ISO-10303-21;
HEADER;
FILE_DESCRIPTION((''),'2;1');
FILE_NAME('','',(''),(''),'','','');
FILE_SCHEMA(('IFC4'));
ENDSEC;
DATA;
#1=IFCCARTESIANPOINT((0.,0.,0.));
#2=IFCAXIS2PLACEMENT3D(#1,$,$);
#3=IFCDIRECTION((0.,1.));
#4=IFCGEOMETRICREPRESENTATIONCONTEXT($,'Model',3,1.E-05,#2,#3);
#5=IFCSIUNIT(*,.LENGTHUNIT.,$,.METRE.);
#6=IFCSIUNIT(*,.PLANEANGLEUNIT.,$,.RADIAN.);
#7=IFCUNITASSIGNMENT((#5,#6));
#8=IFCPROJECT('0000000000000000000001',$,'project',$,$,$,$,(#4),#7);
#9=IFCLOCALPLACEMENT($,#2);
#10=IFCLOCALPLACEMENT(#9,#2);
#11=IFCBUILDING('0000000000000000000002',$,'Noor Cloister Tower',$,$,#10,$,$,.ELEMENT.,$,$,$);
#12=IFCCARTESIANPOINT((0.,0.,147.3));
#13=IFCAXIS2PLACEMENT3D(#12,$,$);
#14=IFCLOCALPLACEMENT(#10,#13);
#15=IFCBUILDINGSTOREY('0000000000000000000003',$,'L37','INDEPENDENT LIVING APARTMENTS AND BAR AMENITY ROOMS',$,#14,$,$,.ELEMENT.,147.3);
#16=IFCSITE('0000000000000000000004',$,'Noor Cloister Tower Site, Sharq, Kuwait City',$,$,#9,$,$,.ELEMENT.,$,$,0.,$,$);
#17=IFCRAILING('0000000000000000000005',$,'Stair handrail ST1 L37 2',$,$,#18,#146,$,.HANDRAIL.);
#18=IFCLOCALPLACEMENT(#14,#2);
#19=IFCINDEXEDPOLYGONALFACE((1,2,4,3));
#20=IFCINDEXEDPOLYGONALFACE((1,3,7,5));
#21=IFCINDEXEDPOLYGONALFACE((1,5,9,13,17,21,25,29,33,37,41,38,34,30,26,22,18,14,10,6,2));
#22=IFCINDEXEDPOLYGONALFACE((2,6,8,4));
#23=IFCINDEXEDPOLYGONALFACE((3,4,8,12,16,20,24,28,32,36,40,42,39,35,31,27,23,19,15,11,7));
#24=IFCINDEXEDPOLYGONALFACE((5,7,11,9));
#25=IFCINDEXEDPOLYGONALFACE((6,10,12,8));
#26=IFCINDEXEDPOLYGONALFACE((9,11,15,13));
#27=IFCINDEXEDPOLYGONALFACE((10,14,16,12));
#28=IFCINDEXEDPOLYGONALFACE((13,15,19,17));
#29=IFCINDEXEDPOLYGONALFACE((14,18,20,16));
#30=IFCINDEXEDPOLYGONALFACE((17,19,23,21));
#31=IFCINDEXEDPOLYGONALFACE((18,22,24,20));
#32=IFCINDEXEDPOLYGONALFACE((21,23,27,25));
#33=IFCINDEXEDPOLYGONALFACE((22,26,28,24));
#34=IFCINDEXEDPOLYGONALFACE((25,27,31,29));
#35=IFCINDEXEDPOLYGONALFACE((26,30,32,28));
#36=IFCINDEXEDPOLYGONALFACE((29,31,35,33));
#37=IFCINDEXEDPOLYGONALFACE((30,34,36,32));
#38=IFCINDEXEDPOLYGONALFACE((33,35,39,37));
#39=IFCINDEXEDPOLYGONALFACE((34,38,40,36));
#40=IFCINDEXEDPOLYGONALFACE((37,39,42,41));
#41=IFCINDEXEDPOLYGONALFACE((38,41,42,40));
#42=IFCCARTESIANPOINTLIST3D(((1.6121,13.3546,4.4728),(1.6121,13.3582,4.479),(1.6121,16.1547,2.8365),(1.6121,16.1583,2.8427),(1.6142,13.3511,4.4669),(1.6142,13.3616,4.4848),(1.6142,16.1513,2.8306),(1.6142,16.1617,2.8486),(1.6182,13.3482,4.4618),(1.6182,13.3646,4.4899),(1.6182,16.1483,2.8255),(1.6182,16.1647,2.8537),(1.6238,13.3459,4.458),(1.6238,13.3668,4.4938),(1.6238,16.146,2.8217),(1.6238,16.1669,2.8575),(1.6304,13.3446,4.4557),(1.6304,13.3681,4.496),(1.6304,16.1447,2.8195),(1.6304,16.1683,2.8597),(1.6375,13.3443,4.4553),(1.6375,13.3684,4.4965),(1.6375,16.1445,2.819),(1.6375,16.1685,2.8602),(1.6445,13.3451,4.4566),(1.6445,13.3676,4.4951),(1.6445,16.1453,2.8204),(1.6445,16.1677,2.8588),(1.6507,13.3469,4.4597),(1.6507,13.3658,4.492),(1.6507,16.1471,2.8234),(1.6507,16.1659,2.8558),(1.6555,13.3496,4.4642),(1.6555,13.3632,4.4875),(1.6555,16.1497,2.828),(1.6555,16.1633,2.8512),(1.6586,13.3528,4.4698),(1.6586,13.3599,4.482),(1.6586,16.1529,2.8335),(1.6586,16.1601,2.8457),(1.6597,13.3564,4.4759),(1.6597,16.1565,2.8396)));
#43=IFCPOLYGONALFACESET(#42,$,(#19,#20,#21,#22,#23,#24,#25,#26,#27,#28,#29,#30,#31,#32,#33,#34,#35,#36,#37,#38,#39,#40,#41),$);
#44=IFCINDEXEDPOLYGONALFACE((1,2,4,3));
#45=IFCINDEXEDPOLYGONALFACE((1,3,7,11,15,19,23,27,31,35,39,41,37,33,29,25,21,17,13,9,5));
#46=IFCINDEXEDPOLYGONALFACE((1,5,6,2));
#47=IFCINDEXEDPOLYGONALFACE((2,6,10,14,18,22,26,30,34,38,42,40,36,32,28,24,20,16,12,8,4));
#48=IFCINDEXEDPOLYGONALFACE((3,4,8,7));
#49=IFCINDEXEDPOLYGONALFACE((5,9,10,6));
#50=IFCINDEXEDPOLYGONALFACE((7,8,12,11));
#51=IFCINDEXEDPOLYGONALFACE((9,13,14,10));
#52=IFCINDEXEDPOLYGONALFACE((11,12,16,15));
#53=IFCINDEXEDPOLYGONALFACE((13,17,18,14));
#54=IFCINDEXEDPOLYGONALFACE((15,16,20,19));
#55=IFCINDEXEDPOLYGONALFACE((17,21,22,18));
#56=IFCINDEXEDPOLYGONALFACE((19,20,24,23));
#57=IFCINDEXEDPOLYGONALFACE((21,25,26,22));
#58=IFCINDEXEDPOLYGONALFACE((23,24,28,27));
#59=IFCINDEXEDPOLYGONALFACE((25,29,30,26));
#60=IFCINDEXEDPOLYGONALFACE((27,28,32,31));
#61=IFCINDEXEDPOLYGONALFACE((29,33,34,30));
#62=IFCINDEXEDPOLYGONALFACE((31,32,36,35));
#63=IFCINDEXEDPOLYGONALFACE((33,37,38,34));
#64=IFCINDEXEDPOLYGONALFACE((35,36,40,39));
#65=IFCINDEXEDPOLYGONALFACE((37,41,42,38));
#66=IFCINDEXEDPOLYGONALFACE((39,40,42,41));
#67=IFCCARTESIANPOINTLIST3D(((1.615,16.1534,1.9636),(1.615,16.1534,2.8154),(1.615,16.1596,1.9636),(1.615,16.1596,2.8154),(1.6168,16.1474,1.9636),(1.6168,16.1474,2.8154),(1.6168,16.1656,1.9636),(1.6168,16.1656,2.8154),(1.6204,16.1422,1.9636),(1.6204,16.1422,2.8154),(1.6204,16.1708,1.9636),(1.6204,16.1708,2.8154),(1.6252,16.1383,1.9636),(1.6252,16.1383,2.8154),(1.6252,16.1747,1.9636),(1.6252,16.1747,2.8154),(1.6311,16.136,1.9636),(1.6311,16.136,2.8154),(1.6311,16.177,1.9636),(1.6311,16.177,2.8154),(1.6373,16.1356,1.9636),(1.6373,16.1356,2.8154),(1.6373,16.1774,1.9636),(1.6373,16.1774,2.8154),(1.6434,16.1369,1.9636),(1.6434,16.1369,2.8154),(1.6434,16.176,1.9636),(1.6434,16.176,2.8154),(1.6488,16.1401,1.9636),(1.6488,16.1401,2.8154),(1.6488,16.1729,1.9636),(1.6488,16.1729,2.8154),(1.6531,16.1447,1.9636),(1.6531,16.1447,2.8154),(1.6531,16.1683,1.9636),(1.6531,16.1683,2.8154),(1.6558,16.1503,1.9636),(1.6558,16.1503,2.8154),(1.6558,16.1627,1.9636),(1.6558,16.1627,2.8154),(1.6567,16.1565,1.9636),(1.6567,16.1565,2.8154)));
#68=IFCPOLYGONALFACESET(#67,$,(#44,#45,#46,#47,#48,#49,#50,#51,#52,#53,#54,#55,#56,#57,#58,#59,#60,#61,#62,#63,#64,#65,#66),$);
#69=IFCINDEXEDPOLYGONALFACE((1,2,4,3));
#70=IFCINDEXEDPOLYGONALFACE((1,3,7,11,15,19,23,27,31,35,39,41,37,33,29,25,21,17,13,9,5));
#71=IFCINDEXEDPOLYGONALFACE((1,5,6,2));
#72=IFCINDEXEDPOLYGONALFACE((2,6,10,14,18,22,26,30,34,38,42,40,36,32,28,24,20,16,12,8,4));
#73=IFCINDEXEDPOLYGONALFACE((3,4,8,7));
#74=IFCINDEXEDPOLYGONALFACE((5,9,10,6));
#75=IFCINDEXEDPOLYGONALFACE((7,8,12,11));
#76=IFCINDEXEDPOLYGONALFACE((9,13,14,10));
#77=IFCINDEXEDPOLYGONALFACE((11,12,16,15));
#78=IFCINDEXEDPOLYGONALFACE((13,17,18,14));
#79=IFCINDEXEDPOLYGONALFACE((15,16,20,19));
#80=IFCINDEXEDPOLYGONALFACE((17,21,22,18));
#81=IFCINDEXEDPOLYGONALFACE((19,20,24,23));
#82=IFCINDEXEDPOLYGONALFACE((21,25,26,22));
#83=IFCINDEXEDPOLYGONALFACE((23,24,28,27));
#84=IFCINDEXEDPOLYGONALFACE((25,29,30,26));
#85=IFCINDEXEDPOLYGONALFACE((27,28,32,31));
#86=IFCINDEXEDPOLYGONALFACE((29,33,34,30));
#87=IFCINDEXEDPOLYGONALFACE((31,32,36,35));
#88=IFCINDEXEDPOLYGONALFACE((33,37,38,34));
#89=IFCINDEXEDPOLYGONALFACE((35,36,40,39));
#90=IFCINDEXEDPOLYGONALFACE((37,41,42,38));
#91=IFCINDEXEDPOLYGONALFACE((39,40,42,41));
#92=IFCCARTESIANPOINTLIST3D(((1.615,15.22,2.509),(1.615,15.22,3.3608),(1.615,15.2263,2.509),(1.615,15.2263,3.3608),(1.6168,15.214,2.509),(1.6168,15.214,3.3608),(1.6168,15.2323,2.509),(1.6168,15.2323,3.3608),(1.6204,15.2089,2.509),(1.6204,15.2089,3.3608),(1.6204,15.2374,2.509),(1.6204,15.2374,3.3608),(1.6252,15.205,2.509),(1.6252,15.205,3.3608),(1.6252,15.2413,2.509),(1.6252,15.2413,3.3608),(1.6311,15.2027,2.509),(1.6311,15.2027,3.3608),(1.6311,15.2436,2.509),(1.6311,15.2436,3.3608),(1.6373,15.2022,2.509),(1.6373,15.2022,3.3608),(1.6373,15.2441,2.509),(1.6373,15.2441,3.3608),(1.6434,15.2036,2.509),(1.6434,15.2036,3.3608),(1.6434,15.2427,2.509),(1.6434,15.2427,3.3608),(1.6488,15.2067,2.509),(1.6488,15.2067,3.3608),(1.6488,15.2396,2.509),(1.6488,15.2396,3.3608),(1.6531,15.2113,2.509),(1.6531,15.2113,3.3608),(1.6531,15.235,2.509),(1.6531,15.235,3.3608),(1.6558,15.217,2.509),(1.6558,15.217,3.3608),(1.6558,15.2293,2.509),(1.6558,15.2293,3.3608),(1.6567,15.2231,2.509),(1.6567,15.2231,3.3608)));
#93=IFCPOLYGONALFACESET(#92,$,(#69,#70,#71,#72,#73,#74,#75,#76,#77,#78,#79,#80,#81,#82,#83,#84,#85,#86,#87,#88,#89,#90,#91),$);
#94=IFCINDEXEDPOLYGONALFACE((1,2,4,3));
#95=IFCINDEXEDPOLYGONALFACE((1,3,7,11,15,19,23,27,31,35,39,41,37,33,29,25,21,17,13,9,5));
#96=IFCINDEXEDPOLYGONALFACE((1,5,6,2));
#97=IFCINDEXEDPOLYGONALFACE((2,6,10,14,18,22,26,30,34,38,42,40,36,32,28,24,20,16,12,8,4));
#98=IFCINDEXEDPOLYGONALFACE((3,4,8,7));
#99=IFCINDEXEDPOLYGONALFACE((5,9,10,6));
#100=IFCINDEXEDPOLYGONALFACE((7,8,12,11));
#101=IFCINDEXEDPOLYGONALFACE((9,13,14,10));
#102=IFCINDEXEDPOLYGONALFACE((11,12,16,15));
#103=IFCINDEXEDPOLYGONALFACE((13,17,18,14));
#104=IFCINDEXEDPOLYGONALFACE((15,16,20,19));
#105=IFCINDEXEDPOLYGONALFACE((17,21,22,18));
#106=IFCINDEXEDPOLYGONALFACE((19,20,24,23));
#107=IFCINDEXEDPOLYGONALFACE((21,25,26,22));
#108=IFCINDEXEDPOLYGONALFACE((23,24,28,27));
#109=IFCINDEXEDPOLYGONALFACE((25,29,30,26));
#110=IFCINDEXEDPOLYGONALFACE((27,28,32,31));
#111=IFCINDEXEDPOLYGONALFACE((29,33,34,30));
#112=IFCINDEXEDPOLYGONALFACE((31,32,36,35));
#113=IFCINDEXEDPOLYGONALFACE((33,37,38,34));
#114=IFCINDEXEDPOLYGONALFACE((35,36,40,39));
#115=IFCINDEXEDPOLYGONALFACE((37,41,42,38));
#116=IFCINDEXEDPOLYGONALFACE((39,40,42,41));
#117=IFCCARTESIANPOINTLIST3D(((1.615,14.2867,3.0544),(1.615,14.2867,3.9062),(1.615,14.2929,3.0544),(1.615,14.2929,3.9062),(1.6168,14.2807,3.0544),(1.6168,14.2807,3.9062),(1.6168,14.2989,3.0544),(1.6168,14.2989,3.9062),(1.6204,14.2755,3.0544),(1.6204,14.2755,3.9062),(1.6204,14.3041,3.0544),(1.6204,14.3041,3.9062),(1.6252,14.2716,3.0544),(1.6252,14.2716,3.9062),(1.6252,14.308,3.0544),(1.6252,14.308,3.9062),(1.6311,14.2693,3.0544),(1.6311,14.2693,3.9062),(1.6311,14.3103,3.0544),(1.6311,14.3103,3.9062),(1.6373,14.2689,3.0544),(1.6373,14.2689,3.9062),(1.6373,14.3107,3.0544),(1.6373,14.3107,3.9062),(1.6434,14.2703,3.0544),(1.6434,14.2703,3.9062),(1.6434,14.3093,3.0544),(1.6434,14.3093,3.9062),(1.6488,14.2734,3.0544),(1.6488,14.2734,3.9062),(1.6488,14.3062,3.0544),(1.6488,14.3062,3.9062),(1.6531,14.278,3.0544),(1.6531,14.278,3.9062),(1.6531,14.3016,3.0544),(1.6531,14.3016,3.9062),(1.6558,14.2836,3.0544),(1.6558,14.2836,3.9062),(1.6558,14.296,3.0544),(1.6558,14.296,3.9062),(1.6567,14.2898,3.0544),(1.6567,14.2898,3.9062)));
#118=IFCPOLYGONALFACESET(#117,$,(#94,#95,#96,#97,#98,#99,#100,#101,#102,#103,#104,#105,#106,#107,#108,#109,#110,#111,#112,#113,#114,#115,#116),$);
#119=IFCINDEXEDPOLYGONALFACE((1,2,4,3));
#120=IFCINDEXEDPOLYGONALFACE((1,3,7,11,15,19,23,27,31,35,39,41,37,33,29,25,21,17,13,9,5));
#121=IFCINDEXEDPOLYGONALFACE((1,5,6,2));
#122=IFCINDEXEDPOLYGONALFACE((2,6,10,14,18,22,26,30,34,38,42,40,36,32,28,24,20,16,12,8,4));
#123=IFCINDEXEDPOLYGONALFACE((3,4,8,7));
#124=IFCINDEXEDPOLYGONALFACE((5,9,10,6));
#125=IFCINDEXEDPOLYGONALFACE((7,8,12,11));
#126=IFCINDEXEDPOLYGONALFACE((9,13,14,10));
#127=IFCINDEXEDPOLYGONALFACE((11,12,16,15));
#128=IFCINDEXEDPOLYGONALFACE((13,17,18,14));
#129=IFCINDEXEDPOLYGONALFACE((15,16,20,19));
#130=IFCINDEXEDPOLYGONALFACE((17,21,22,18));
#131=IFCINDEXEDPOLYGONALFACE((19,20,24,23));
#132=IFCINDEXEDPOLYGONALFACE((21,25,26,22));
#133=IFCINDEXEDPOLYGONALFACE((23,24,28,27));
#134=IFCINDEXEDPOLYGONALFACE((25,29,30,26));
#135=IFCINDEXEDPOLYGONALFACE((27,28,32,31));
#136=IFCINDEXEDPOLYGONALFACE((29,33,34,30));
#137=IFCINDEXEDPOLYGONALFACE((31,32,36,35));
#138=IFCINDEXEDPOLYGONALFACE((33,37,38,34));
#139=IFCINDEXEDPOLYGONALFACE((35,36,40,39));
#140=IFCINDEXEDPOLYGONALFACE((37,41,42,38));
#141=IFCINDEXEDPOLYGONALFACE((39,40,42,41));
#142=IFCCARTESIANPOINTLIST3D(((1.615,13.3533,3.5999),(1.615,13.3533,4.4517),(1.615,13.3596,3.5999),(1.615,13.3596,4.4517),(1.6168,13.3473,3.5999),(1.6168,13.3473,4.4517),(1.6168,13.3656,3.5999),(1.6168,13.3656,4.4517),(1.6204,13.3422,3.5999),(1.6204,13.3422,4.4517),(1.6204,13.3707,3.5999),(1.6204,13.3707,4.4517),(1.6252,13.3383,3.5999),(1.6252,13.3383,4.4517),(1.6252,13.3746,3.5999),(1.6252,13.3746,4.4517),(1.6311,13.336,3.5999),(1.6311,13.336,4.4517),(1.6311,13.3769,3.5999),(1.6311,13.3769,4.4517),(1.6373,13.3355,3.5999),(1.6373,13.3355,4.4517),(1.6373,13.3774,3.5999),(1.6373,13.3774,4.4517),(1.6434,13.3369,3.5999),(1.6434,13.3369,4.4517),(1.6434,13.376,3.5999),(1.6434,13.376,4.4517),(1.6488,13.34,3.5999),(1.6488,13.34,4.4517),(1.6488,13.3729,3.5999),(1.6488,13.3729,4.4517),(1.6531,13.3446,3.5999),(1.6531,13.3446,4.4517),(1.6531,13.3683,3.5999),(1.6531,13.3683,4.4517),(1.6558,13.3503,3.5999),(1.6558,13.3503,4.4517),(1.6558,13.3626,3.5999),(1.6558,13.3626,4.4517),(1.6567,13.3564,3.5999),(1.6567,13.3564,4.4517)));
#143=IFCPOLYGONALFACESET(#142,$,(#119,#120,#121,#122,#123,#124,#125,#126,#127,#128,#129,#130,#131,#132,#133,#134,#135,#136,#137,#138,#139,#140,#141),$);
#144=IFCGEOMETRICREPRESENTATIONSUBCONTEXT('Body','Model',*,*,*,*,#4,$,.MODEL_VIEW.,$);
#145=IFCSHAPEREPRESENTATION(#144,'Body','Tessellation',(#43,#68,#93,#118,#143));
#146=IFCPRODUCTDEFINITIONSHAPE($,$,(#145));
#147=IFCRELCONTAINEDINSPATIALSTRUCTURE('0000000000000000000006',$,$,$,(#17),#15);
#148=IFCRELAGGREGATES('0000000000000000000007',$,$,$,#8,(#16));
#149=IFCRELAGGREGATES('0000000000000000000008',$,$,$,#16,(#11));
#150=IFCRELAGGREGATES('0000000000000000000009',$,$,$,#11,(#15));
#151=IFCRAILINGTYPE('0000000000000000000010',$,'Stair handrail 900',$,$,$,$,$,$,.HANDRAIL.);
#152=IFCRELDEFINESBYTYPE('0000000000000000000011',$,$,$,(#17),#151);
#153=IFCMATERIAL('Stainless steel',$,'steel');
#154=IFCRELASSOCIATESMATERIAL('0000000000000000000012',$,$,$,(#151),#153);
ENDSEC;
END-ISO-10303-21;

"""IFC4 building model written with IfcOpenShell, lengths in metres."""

from ifc_helpers import new_model, si_unit, direction, frame, origin, origin_2d, place, context, subcontext, project, spatial, circle, extrude, material, type_object, element, save


model = new_model("IFC4")

# Units and contexts
model_context = context("Model", 3, precision=1e-05, world=origin(), true_north=direction((0.0, 1.0)))
body_context = subcontext(model_context, "Body", "Model", "MODEL_VIEW")
ifc_project = project(units=[si_unit("LENGTHUNIT", "METRE"), si_unit("PLANEANGLEUNIT", "RADIAN")], contexts=[model_context])

# Site, building, storey
site_placement = place(None, origin())
site = spatial("IfcSite", under=ifc_project, at=site_placement, Name="Noor Cloister Tower Site, Sharq, Kuwait City", CompositionType="ELEMENT", RefElevation=0.0)
building_placement = place(site_placement, origin())
building = spatial("IfcBuilding", under=site, at=building_placement, Name="Noor Cloister Tower", CompositionType="ELEMENT")
storey_placement = place(building_placement, frame((0.0, 0.0, 147.3)))
storey = spatial("IfcBuildingStorey", under=building, at=storey_placement, Name="L37", Description="INDEPENDENT LIVING APARTMENTS AND BAR AMENITY ROOMS", CompositionType="ELEMENT", Elevation=147.3)

# Railing
ifc_material_1 = material(Name="Stainless steel", Category="steel")
railing_type_1 = type_object("IfcRailingType", Name="Stair handrail 900", PredefinedType="HANDRAIL", material=ifc_material_1)
railing_1_placement = place(storey_placement, frame((1.6357, 16.1565, 1.9636)))
element("IfcRailing", 1, at=railing_1_placement, inside=storey, type_object=railing_type_1, Name="Stair handrail ST1 L37 2", PredefinedType="HANDRAIL", context=body_context, shape_type="SweptSolid", body=[
    extrude(circle(Radius=0.0239, at=origin_2d()), frame((0.0, 0.0, 0.876), z_axis=(0.0, -0.863394, 0.504531), x_axis=(1.0, 0.0, 0.0)), (0.0, 0.0, 1.0), 3.2432),
    extrude(circle(Radius=0.021, at=origin_2d()), origin(), (0.0, 0.0, 1.0), 0.8518),
    extrude(circle(Radius=0.021, at=origin_2d()), frame((0.0, -0.9333, 0.5454)), (0.0, 0.0, 1.0), 0.8518),
    extrude(circle(Radius=0.021, at=origin_2d()), frame((0.0, -1.8667, 1.0908)), (0.0, 0.0, 1.0), 0.8518),
    extrude(circle(Radius=0.021, at=origin_2d()), frame((0.0, -2.8, 1.6362)), (0.0, 0.0, 1.0), 0.8518),
])

save(model, "model.ifc")
